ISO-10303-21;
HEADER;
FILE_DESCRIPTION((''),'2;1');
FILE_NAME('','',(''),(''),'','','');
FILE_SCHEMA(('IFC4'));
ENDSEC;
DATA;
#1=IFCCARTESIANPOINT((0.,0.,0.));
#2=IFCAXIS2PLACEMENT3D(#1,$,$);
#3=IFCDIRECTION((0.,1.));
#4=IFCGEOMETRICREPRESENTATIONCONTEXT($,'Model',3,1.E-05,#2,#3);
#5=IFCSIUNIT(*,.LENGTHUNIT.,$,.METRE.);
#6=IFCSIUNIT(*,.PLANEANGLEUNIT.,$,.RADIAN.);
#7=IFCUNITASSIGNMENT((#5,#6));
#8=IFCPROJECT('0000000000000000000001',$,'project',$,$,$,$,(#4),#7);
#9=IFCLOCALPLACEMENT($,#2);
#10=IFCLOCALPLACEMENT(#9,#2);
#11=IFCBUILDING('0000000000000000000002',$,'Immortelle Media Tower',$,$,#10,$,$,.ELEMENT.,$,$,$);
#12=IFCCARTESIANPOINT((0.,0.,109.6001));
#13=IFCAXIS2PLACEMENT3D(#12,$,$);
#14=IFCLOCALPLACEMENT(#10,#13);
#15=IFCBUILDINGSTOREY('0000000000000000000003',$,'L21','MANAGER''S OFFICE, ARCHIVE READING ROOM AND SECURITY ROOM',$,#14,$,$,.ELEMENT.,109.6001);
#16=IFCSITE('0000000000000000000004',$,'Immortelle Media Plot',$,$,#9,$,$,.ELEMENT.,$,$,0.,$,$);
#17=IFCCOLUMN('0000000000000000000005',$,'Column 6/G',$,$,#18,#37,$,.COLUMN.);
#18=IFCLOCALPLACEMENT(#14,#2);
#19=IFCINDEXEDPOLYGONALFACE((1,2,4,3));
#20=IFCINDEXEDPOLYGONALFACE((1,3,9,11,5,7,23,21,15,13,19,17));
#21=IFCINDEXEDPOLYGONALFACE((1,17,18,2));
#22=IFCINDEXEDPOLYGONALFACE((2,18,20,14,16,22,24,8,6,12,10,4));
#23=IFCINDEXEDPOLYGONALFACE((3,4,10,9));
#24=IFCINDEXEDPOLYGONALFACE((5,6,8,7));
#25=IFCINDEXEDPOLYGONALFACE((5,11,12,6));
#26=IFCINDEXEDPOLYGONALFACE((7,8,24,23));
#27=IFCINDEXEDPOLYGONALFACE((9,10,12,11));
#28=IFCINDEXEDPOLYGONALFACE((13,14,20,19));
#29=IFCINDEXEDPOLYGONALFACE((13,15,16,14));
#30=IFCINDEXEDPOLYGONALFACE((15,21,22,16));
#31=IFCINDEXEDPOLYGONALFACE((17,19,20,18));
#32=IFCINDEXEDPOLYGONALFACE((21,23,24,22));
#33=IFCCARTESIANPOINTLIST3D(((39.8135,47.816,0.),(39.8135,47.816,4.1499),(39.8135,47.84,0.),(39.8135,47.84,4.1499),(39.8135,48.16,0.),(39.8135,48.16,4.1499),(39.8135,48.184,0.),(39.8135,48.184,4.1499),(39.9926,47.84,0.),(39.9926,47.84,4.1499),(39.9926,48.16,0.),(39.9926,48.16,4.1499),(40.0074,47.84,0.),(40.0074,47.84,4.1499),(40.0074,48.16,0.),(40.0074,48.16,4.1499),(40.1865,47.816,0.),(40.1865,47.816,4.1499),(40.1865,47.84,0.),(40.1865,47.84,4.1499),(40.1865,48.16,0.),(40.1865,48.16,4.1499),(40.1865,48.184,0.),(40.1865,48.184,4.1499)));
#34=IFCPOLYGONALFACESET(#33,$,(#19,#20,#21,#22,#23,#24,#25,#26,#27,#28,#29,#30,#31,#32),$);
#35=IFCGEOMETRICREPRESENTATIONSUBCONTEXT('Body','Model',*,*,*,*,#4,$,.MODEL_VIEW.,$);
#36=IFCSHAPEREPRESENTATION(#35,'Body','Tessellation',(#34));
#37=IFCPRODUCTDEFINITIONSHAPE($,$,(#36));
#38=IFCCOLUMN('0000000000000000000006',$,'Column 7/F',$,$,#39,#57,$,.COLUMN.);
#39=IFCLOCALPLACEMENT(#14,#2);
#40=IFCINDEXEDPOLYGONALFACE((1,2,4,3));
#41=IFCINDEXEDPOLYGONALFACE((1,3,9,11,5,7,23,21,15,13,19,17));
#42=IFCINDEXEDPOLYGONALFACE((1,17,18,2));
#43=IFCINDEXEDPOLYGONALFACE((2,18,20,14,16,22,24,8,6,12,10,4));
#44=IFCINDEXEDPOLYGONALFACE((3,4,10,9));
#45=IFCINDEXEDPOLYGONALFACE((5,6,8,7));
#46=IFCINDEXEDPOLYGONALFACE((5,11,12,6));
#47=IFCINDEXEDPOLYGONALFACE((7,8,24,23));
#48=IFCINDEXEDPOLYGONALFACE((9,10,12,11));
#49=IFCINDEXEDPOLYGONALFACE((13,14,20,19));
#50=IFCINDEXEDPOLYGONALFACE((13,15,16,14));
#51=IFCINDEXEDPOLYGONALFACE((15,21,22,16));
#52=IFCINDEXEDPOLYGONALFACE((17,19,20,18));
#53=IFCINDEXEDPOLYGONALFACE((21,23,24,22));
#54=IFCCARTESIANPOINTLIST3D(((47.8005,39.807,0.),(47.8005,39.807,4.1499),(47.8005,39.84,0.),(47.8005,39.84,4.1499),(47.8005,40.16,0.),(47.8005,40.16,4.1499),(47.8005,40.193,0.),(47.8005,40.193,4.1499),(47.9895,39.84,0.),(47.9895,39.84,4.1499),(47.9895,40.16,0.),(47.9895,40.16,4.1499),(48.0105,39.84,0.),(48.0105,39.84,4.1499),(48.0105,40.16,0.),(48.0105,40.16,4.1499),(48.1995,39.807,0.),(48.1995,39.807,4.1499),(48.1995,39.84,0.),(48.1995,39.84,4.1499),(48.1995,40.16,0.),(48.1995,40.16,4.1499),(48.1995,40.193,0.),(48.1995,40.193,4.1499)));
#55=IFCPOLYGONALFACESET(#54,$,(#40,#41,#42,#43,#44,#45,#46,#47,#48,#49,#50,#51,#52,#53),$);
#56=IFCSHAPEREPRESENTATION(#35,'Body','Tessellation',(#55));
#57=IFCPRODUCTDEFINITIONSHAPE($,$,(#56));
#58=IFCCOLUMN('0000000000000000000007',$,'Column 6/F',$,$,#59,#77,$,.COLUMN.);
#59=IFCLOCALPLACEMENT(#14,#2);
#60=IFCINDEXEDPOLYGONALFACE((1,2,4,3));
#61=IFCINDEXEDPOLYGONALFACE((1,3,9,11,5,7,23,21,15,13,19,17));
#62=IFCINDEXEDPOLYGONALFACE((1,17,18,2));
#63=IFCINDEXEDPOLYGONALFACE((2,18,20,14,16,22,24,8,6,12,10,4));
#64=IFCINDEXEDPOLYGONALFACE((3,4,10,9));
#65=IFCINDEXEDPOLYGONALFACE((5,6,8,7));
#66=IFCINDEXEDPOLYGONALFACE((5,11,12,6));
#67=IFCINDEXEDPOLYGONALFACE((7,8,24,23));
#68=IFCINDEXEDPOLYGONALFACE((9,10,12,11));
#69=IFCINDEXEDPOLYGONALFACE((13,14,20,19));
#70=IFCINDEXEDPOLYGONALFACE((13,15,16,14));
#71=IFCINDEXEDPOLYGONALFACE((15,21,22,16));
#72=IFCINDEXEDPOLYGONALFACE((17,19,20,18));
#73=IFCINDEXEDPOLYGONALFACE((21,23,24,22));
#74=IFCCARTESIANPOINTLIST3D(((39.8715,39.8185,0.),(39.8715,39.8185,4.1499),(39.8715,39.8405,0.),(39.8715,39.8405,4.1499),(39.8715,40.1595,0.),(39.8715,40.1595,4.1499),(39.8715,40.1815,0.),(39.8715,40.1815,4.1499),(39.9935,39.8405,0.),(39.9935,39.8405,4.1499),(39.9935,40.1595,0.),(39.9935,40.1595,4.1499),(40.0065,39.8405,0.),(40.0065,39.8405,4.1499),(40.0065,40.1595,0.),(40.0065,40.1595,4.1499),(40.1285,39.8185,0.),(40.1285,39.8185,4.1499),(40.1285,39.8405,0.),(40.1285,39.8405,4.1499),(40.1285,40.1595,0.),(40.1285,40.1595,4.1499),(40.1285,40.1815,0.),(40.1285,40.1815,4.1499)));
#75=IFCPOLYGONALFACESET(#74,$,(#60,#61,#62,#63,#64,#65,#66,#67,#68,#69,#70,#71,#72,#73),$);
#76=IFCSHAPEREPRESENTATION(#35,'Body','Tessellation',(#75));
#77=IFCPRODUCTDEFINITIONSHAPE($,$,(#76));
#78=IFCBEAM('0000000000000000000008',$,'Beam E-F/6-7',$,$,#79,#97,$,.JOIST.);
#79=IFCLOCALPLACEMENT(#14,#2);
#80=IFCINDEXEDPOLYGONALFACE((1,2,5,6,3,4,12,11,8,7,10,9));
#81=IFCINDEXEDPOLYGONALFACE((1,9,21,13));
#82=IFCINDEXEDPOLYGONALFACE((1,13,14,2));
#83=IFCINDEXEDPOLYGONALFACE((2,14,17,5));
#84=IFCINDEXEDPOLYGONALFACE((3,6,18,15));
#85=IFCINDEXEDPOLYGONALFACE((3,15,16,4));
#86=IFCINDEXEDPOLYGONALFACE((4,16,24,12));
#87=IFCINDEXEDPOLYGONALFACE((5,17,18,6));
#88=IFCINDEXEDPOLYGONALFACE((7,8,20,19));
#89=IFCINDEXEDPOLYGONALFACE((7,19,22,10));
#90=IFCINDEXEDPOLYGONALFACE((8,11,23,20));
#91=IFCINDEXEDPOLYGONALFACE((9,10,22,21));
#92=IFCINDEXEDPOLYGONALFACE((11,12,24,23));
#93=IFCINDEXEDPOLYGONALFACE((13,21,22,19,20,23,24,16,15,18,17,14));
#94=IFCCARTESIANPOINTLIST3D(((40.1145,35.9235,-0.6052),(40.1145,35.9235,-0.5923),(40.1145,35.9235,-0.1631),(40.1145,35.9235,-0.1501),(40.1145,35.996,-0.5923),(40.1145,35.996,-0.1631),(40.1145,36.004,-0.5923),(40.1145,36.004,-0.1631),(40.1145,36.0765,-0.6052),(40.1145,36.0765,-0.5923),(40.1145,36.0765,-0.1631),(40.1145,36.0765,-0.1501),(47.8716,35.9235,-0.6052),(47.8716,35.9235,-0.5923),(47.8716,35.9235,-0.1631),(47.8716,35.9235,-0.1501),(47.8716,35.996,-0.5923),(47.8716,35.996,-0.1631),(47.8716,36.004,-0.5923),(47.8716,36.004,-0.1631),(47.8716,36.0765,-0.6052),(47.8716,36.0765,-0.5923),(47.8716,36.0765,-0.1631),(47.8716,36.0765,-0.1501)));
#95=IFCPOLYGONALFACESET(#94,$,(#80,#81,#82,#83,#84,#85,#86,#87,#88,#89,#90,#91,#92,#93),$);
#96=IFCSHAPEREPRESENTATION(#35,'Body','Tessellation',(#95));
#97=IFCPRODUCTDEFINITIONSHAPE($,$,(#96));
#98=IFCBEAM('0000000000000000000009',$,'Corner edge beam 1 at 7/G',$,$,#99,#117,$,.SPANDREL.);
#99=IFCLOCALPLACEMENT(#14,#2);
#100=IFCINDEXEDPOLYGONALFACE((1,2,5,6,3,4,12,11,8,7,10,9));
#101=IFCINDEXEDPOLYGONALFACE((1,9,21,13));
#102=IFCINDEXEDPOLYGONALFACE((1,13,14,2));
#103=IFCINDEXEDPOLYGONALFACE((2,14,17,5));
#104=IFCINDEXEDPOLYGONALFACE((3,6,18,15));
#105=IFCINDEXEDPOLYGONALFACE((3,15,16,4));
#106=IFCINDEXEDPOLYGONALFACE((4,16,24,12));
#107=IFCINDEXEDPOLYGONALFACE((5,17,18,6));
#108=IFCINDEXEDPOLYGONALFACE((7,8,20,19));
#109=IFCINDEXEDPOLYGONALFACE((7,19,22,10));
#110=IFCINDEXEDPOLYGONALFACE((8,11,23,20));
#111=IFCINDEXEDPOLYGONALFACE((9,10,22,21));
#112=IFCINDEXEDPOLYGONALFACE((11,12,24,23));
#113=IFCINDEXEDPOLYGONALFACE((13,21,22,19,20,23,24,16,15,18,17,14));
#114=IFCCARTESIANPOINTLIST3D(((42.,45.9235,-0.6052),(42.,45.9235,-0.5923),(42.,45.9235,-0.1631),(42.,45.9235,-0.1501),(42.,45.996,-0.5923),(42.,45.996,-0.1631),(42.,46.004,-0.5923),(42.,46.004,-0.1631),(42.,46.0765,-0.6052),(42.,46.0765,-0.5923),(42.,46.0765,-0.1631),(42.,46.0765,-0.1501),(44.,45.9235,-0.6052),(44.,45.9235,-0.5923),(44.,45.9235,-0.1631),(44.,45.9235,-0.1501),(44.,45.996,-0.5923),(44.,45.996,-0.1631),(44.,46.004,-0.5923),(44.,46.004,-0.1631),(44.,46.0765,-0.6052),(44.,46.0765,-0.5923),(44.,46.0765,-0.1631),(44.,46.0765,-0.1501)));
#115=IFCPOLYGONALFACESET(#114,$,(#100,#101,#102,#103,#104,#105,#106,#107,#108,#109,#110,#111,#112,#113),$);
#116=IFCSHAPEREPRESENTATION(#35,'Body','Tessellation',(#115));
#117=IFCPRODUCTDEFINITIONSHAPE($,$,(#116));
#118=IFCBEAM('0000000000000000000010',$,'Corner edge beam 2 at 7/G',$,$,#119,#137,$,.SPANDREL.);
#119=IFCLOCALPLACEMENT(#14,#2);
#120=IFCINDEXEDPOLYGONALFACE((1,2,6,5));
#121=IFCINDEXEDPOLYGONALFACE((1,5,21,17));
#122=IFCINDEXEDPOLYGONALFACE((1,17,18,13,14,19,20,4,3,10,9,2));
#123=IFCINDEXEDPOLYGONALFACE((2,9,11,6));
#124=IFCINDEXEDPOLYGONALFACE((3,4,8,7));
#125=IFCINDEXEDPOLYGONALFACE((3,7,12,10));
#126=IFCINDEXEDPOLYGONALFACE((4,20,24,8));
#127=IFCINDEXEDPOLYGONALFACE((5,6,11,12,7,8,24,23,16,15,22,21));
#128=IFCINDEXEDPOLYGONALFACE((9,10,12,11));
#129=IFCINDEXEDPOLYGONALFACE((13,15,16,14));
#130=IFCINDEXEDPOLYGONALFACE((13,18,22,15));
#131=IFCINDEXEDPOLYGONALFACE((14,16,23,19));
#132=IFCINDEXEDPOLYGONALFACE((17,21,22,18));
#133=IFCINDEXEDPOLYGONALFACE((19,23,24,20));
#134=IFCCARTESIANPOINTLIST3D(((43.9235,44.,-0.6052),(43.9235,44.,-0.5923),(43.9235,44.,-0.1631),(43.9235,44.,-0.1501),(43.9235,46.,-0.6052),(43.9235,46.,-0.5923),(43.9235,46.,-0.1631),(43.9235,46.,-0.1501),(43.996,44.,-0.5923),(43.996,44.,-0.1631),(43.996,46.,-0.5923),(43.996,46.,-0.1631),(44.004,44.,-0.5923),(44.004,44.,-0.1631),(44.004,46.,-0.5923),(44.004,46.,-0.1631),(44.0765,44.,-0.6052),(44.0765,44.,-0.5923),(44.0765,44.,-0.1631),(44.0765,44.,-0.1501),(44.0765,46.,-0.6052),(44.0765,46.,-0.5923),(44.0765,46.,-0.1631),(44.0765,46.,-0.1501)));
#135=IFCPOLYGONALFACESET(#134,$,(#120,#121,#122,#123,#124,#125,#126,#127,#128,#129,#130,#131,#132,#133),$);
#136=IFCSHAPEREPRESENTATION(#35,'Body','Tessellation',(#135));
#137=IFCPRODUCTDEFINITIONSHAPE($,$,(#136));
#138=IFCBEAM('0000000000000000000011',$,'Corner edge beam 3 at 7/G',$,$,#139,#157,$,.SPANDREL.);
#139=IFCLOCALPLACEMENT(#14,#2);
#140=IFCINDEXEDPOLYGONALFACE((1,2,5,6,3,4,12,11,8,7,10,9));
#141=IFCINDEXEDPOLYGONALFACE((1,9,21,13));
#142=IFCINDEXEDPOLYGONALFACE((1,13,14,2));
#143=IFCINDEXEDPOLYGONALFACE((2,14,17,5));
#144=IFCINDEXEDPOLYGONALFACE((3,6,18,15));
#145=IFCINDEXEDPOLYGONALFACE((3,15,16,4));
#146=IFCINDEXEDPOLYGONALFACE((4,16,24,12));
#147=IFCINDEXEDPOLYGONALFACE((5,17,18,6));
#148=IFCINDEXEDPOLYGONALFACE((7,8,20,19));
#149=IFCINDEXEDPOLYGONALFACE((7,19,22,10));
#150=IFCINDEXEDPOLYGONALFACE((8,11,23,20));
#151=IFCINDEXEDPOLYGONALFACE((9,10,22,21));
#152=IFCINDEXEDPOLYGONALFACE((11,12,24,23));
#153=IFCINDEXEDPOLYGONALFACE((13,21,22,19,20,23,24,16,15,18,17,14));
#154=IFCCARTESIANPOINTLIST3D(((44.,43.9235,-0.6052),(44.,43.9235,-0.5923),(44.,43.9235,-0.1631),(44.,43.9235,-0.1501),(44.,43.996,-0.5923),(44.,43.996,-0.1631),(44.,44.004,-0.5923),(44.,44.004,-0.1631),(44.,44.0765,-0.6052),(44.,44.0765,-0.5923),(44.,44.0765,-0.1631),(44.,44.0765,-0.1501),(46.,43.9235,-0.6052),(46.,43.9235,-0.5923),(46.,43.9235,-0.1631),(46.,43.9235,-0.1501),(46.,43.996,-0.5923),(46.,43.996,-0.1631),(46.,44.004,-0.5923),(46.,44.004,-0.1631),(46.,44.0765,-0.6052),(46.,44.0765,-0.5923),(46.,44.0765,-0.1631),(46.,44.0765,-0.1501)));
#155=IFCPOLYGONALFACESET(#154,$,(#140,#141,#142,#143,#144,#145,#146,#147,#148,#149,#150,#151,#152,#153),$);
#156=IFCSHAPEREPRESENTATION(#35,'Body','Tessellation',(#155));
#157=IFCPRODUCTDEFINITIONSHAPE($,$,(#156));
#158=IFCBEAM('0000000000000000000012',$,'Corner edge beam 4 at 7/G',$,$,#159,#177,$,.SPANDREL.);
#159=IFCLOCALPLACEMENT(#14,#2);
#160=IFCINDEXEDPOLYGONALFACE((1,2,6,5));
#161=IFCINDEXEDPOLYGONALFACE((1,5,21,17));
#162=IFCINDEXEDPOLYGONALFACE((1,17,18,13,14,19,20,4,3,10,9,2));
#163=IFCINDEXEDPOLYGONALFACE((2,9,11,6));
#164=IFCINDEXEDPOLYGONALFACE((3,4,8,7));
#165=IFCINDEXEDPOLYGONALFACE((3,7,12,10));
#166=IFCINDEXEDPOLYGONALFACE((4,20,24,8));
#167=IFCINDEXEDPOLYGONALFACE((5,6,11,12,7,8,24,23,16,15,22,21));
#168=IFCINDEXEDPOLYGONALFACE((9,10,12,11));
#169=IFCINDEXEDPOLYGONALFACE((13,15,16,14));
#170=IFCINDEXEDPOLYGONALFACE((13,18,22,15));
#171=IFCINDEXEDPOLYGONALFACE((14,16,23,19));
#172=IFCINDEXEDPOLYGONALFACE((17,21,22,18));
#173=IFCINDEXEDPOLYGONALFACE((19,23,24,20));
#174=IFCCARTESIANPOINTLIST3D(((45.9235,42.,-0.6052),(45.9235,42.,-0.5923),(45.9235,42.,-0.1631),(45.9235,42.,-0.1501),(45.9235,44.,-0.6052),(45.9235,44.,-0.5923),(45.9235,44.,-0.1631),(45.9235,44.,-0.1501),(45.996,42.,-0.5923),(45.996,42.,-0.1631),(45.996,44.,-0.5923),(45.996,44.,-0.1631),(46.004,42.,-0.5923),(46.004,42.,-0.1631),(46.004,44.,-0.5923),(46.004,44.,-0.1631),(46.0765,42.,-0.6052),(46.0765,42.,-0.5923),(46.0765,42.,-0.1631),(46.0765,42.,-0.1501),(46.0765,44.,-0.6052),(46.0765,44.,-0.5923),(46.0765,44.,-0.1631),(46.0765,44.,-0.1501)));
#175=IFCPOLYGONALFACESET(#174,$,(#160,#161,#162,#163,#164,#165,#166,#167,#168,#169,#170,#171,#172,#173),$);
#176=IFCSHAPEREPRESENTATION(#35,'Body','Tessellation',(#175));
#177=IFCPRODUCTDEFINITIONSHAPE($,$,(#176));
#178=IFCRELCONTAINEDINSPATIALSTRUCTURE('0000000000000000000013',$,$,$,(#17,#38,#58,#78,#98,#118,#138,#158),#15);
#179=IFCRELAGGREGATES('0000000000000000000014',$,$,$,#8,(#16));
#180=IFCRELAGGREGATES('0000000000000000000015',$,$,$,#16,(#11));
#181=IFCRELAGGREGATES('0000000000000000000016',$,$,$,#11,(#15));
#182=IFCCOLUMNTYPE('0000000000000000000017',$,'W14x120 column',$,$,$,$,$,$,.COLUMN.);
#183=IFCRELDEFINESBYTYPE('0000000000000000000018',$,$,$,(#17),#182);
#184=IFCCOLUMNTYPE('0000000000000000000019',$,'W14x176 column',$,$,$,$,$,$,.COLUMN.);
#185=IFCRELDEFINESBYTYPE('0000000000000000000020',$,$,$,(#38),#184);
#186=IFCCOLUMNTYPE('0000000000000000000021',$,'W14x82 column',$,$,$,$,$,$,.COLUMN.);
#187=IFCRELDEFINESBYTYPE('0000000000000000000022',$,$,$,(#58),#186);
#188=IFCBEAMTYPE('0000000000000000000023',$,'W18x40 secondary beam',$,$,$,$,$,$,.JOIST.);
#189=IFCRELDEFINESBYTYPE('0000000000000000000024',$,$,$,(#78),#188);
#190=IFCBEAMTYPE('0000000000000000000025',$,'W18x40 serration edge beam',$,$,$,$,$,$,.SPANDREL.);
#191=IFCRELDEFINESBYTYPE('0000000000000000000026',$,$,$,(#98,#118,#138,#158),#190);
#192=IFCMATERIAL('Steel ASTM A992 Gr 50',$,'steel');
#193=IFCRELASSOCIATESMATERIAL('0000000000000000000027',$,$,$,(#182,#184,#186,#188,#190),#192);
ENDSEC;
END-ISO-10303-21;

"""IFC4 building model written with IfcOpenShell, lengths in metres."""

from ifc_helpers import new_model, si_unit, direction, frame, origin, origin_2d, place, context, subcontext, project, spatial, i_section, extrude, material, material_profile, profile_set, type_object, element, save


model = new_model("IFC4")

# Units and contexts
model_context = context("Model", 3, precision=1e-05, world=origin(), true_north=direction((0.0, 1.0)))
body_context = subcontext(model_context, "Body", "Model", "MODEL_VIEW")
ifc_project = project(units=[si_unit("LENGTHUNIT", "METRE"), si_unit("PLANEANGLEUNIT", "RADIAN")], contexts=[model_context])

# Site, building, storey
site_placement = place(None, origin())
site = spatial("IfcSite", under=ifc_project, at=site_placement, Name="Immortelle Media Plot", CompositionType="ELEMENT", RefElevation=0.0)
building_placement = place(site_placement, origin())
building = spatial("IfcBuilding", under=site, at=building_placement, Name="Immortelle Media Tower", CompositionType="ELEMENT")
storey_placement = place(building_placement, frame((0.0, 0.0, 109.6001)))
storey = spatial("IfcBuildingStorey", under=building, at=storey_placement, Name="L21", Description="MANAGER'S OFFICE, ARCHIVE READING ROOM AND SECURITY ROOM", CompositionType="ELEMENT", Elevation=109.6001)

# Columns
ifc_material_1 = material(Name="Steel ASTM A992 Gr 50", Category="steel")
ifc_material_profile_1 = material_profile(ifc_material_1, i_section(OverallWidth=0.373, OverallDepth=0.3679, WebThickness=0.0149, FlangeThickness=0.0239, at=origin_2d()), Name="W14x120")
ifc_profile_set_1 = profile_set([ifc_material_profile_1], Name="Steel ASTM A992 Gr 50")
column_type_1 = type_object("IfcColumnType", Name="W14x120 column", PredefinedType="COLUMN", material=ifc_profile_set_1)
column_1_placement = place(storey_placement, frame((40.0, 48.0, 0.0), z_axis=(0.0, 0.0, 1.0), x_axis=(1.0, 0.0, 0.0)))
element("IfcColumn", 1, at=column_1_placement, inside=storey, type_object=column_type_1, Name="Column 6/G", PredefinedType="COLUMN", context=body_context, shape_type="SweptSolid", body=[
    extrude(i_section(OverallWidth=0.373, OverallDepth=0.3679, WebThickness=0.0149, FlangeThickness=0.0239, at=origin_2d()), origin(), (0.0, 0.0, 1.0), 4.1499),
])
ifc_material_profile_2 = material_profile(ifc_material_1, i_section(OverallWidth=0.3989, OverallDepth=0.386, WebThickness=0.021, FlangeThickness=0.033, at=origin_2d()), Name="W14x176")
ifc_profile_set_2 = profile_set([ifc_material_profile_2], Name="Steel ASTM A992 Gr 50")
column_type_2 = type_object("IfcColumnType", Name="W14x176 column", PredefinedType="COLUMN", material=ifc_profile_set_2)
column_2_placement = place(storey_placement, frame((48.0, 40.0, 0.0), z_axis=(0.0, 0.0, 1.0), x_axis=(1.0, 0.0, 0.0)))
element("IfcColumn", 2, at=column_2_placement, inside=storey, type_object=column_type_2, Name="Column 7/F", PredefinedType="COLUMN", context=body_context, shape_type="SweptSolid", body=[
    extrude(i_section(OverallWidth=0.3989, OverallDepth=0.386, WebThickness=0.021, FlangeThickness=0.033, at=origin_2d()), origin(), (0.0, 0.0, 1.0), 4.1499),
])
ifc_material_profile_3 = material_profile(ifc_material_1, i_section(OverallWidth=0.2571, OverallDepth=0.363, WebThickness=0.0129, FlangeThickness=0.022, at=origin_2d()), Name="W14x82")
ifc_profile_set_3 = profile_set([ifc_material_profile_3], Name="Steel ASTM A992 Gr 50")
column_type_3 = type_object("IfcColumnType", Name="W14x82 column", PredefinedType="COLUMN", material=ifc_profile_set_3)
column_3_placement = place(storey_placement, frame((40.0, 40.0, 0.0), z_axis=(0.0, 0.0, 1.0), x_axis=(1.0, 0.0, 0.0)))
element("IfcColumn", 3, at=column_3_placement, inside=storey, type_object=column_type_3, Name="Column 6/F", PredefinedType="COLUMN", context=body_context, shape_type="SweptSolid", body=[
    extrude(i_section(OverallWidth=0.2571, OverallDepth=0.363, WebThickness=0.0129, FlangeThickness=0.022, at=origin_2d()), origin(), (0.0, 0.0, 1.0), 4.1499),
])

# Beams
ifc_material_profile_4 = material_profile(ifc_material_1, i_section(OverallWidth=0.1531, OverallDepth=0.4551, WebThickness=0.0081, FlangeThickness=0.0129, at=origin_2d()), Name="W18x40")
ifc_profile_set_4 = profile_set([ifc_material_profile_4], Name="Steel ASTM A992 Gr 50")
beam_type_1 = type_object("IfcBeamType", Name="W18x40 secondary beam", PredefinedType="JOIST", material=ifc_profile_set_4)
beam_1_placement = place(storey_placement, frame((40.1145, 36.0, -0.3777), z_axis=(1.0, 0.0, 0.0), x_axis=(0.0, 1.0, 0.0)))
element("IfcBeam", 4, at=beam_1_placement, inside=storey, type_object=beam_type_1, Name="Beam E-F/6-7", PredefinedType="JOIST", context=body_context, shape_type="SweptSolid", body=[
    extrude(i_section(OverallWidth=0.1531, OverallDepth=0.4551, WebThickness=0.0081, FlangeThickness=0.0129, at=origin_2d()), origin(), (0.0, 0.0, 1.0), 7.7571),
])
ifc_material_profile_5 = material_profile(ifc_material_1, i_section(OverallWidth=0.1531, OverallDepth=0.4551, WebThickness=0.0081, FlangeThickness=0.0129, at=origin_2d()), Name="W18x40")
ifc_profile_set_5 = profile_set([ifc_material_profile_5], Name="Steel ASTM A992 Gr 50")
beam_type_2 = type_object("IfcBeamType", Name="W18x40 serration edge beam", PredefinedType="SPANDREL", material=ifc_profile_set_5)
for number, where, z_axis, x_axis, name in (
    (5, (42.0, 46.0, -0.3777), (1.0, 0.0, 0.0), (0.0, 1.0, 0.0), "Corner edge beam 1 at 7/G"),
    (6, (44.0, 46.0, -0.3777), (0.0, -1.0, 0.0), (1.0, 0.0, 0.0), "Corner edge beam 2 at 7/G"),
    (7, (44.0, 44.0, -0.3777), (1.0, 0.0, 0.0), (0.0, 1.0, 0.0), "Corner edge beam 3 at 7/G"),
    (8, (46.0, 44.0, -0.3777), (0.0, -1.0, 0.0), (1.0, 0.0, 0.0), "Corner edge beam 4 at 7/G"),
):
    element("IfcBeam", number, at=place(storey_placement, frame(where, z_axis=z_axis, x_axis=x_axis)), inside=storey, type_object=beam_type_2, Name=name, PredefinedType="SPANDREL", context=body_context, shape_type="SweptSolid", body=[
        extrude(i_section(OverallWidth=0.1531, OverallDepth=0.4551, WebThickness=0.0081, FlangeThickness=0.0129, at=origin_2d()), origin(), (0.0, 0.0, 1.0), 2.0),
    ])

save(model, "model.ifc")
